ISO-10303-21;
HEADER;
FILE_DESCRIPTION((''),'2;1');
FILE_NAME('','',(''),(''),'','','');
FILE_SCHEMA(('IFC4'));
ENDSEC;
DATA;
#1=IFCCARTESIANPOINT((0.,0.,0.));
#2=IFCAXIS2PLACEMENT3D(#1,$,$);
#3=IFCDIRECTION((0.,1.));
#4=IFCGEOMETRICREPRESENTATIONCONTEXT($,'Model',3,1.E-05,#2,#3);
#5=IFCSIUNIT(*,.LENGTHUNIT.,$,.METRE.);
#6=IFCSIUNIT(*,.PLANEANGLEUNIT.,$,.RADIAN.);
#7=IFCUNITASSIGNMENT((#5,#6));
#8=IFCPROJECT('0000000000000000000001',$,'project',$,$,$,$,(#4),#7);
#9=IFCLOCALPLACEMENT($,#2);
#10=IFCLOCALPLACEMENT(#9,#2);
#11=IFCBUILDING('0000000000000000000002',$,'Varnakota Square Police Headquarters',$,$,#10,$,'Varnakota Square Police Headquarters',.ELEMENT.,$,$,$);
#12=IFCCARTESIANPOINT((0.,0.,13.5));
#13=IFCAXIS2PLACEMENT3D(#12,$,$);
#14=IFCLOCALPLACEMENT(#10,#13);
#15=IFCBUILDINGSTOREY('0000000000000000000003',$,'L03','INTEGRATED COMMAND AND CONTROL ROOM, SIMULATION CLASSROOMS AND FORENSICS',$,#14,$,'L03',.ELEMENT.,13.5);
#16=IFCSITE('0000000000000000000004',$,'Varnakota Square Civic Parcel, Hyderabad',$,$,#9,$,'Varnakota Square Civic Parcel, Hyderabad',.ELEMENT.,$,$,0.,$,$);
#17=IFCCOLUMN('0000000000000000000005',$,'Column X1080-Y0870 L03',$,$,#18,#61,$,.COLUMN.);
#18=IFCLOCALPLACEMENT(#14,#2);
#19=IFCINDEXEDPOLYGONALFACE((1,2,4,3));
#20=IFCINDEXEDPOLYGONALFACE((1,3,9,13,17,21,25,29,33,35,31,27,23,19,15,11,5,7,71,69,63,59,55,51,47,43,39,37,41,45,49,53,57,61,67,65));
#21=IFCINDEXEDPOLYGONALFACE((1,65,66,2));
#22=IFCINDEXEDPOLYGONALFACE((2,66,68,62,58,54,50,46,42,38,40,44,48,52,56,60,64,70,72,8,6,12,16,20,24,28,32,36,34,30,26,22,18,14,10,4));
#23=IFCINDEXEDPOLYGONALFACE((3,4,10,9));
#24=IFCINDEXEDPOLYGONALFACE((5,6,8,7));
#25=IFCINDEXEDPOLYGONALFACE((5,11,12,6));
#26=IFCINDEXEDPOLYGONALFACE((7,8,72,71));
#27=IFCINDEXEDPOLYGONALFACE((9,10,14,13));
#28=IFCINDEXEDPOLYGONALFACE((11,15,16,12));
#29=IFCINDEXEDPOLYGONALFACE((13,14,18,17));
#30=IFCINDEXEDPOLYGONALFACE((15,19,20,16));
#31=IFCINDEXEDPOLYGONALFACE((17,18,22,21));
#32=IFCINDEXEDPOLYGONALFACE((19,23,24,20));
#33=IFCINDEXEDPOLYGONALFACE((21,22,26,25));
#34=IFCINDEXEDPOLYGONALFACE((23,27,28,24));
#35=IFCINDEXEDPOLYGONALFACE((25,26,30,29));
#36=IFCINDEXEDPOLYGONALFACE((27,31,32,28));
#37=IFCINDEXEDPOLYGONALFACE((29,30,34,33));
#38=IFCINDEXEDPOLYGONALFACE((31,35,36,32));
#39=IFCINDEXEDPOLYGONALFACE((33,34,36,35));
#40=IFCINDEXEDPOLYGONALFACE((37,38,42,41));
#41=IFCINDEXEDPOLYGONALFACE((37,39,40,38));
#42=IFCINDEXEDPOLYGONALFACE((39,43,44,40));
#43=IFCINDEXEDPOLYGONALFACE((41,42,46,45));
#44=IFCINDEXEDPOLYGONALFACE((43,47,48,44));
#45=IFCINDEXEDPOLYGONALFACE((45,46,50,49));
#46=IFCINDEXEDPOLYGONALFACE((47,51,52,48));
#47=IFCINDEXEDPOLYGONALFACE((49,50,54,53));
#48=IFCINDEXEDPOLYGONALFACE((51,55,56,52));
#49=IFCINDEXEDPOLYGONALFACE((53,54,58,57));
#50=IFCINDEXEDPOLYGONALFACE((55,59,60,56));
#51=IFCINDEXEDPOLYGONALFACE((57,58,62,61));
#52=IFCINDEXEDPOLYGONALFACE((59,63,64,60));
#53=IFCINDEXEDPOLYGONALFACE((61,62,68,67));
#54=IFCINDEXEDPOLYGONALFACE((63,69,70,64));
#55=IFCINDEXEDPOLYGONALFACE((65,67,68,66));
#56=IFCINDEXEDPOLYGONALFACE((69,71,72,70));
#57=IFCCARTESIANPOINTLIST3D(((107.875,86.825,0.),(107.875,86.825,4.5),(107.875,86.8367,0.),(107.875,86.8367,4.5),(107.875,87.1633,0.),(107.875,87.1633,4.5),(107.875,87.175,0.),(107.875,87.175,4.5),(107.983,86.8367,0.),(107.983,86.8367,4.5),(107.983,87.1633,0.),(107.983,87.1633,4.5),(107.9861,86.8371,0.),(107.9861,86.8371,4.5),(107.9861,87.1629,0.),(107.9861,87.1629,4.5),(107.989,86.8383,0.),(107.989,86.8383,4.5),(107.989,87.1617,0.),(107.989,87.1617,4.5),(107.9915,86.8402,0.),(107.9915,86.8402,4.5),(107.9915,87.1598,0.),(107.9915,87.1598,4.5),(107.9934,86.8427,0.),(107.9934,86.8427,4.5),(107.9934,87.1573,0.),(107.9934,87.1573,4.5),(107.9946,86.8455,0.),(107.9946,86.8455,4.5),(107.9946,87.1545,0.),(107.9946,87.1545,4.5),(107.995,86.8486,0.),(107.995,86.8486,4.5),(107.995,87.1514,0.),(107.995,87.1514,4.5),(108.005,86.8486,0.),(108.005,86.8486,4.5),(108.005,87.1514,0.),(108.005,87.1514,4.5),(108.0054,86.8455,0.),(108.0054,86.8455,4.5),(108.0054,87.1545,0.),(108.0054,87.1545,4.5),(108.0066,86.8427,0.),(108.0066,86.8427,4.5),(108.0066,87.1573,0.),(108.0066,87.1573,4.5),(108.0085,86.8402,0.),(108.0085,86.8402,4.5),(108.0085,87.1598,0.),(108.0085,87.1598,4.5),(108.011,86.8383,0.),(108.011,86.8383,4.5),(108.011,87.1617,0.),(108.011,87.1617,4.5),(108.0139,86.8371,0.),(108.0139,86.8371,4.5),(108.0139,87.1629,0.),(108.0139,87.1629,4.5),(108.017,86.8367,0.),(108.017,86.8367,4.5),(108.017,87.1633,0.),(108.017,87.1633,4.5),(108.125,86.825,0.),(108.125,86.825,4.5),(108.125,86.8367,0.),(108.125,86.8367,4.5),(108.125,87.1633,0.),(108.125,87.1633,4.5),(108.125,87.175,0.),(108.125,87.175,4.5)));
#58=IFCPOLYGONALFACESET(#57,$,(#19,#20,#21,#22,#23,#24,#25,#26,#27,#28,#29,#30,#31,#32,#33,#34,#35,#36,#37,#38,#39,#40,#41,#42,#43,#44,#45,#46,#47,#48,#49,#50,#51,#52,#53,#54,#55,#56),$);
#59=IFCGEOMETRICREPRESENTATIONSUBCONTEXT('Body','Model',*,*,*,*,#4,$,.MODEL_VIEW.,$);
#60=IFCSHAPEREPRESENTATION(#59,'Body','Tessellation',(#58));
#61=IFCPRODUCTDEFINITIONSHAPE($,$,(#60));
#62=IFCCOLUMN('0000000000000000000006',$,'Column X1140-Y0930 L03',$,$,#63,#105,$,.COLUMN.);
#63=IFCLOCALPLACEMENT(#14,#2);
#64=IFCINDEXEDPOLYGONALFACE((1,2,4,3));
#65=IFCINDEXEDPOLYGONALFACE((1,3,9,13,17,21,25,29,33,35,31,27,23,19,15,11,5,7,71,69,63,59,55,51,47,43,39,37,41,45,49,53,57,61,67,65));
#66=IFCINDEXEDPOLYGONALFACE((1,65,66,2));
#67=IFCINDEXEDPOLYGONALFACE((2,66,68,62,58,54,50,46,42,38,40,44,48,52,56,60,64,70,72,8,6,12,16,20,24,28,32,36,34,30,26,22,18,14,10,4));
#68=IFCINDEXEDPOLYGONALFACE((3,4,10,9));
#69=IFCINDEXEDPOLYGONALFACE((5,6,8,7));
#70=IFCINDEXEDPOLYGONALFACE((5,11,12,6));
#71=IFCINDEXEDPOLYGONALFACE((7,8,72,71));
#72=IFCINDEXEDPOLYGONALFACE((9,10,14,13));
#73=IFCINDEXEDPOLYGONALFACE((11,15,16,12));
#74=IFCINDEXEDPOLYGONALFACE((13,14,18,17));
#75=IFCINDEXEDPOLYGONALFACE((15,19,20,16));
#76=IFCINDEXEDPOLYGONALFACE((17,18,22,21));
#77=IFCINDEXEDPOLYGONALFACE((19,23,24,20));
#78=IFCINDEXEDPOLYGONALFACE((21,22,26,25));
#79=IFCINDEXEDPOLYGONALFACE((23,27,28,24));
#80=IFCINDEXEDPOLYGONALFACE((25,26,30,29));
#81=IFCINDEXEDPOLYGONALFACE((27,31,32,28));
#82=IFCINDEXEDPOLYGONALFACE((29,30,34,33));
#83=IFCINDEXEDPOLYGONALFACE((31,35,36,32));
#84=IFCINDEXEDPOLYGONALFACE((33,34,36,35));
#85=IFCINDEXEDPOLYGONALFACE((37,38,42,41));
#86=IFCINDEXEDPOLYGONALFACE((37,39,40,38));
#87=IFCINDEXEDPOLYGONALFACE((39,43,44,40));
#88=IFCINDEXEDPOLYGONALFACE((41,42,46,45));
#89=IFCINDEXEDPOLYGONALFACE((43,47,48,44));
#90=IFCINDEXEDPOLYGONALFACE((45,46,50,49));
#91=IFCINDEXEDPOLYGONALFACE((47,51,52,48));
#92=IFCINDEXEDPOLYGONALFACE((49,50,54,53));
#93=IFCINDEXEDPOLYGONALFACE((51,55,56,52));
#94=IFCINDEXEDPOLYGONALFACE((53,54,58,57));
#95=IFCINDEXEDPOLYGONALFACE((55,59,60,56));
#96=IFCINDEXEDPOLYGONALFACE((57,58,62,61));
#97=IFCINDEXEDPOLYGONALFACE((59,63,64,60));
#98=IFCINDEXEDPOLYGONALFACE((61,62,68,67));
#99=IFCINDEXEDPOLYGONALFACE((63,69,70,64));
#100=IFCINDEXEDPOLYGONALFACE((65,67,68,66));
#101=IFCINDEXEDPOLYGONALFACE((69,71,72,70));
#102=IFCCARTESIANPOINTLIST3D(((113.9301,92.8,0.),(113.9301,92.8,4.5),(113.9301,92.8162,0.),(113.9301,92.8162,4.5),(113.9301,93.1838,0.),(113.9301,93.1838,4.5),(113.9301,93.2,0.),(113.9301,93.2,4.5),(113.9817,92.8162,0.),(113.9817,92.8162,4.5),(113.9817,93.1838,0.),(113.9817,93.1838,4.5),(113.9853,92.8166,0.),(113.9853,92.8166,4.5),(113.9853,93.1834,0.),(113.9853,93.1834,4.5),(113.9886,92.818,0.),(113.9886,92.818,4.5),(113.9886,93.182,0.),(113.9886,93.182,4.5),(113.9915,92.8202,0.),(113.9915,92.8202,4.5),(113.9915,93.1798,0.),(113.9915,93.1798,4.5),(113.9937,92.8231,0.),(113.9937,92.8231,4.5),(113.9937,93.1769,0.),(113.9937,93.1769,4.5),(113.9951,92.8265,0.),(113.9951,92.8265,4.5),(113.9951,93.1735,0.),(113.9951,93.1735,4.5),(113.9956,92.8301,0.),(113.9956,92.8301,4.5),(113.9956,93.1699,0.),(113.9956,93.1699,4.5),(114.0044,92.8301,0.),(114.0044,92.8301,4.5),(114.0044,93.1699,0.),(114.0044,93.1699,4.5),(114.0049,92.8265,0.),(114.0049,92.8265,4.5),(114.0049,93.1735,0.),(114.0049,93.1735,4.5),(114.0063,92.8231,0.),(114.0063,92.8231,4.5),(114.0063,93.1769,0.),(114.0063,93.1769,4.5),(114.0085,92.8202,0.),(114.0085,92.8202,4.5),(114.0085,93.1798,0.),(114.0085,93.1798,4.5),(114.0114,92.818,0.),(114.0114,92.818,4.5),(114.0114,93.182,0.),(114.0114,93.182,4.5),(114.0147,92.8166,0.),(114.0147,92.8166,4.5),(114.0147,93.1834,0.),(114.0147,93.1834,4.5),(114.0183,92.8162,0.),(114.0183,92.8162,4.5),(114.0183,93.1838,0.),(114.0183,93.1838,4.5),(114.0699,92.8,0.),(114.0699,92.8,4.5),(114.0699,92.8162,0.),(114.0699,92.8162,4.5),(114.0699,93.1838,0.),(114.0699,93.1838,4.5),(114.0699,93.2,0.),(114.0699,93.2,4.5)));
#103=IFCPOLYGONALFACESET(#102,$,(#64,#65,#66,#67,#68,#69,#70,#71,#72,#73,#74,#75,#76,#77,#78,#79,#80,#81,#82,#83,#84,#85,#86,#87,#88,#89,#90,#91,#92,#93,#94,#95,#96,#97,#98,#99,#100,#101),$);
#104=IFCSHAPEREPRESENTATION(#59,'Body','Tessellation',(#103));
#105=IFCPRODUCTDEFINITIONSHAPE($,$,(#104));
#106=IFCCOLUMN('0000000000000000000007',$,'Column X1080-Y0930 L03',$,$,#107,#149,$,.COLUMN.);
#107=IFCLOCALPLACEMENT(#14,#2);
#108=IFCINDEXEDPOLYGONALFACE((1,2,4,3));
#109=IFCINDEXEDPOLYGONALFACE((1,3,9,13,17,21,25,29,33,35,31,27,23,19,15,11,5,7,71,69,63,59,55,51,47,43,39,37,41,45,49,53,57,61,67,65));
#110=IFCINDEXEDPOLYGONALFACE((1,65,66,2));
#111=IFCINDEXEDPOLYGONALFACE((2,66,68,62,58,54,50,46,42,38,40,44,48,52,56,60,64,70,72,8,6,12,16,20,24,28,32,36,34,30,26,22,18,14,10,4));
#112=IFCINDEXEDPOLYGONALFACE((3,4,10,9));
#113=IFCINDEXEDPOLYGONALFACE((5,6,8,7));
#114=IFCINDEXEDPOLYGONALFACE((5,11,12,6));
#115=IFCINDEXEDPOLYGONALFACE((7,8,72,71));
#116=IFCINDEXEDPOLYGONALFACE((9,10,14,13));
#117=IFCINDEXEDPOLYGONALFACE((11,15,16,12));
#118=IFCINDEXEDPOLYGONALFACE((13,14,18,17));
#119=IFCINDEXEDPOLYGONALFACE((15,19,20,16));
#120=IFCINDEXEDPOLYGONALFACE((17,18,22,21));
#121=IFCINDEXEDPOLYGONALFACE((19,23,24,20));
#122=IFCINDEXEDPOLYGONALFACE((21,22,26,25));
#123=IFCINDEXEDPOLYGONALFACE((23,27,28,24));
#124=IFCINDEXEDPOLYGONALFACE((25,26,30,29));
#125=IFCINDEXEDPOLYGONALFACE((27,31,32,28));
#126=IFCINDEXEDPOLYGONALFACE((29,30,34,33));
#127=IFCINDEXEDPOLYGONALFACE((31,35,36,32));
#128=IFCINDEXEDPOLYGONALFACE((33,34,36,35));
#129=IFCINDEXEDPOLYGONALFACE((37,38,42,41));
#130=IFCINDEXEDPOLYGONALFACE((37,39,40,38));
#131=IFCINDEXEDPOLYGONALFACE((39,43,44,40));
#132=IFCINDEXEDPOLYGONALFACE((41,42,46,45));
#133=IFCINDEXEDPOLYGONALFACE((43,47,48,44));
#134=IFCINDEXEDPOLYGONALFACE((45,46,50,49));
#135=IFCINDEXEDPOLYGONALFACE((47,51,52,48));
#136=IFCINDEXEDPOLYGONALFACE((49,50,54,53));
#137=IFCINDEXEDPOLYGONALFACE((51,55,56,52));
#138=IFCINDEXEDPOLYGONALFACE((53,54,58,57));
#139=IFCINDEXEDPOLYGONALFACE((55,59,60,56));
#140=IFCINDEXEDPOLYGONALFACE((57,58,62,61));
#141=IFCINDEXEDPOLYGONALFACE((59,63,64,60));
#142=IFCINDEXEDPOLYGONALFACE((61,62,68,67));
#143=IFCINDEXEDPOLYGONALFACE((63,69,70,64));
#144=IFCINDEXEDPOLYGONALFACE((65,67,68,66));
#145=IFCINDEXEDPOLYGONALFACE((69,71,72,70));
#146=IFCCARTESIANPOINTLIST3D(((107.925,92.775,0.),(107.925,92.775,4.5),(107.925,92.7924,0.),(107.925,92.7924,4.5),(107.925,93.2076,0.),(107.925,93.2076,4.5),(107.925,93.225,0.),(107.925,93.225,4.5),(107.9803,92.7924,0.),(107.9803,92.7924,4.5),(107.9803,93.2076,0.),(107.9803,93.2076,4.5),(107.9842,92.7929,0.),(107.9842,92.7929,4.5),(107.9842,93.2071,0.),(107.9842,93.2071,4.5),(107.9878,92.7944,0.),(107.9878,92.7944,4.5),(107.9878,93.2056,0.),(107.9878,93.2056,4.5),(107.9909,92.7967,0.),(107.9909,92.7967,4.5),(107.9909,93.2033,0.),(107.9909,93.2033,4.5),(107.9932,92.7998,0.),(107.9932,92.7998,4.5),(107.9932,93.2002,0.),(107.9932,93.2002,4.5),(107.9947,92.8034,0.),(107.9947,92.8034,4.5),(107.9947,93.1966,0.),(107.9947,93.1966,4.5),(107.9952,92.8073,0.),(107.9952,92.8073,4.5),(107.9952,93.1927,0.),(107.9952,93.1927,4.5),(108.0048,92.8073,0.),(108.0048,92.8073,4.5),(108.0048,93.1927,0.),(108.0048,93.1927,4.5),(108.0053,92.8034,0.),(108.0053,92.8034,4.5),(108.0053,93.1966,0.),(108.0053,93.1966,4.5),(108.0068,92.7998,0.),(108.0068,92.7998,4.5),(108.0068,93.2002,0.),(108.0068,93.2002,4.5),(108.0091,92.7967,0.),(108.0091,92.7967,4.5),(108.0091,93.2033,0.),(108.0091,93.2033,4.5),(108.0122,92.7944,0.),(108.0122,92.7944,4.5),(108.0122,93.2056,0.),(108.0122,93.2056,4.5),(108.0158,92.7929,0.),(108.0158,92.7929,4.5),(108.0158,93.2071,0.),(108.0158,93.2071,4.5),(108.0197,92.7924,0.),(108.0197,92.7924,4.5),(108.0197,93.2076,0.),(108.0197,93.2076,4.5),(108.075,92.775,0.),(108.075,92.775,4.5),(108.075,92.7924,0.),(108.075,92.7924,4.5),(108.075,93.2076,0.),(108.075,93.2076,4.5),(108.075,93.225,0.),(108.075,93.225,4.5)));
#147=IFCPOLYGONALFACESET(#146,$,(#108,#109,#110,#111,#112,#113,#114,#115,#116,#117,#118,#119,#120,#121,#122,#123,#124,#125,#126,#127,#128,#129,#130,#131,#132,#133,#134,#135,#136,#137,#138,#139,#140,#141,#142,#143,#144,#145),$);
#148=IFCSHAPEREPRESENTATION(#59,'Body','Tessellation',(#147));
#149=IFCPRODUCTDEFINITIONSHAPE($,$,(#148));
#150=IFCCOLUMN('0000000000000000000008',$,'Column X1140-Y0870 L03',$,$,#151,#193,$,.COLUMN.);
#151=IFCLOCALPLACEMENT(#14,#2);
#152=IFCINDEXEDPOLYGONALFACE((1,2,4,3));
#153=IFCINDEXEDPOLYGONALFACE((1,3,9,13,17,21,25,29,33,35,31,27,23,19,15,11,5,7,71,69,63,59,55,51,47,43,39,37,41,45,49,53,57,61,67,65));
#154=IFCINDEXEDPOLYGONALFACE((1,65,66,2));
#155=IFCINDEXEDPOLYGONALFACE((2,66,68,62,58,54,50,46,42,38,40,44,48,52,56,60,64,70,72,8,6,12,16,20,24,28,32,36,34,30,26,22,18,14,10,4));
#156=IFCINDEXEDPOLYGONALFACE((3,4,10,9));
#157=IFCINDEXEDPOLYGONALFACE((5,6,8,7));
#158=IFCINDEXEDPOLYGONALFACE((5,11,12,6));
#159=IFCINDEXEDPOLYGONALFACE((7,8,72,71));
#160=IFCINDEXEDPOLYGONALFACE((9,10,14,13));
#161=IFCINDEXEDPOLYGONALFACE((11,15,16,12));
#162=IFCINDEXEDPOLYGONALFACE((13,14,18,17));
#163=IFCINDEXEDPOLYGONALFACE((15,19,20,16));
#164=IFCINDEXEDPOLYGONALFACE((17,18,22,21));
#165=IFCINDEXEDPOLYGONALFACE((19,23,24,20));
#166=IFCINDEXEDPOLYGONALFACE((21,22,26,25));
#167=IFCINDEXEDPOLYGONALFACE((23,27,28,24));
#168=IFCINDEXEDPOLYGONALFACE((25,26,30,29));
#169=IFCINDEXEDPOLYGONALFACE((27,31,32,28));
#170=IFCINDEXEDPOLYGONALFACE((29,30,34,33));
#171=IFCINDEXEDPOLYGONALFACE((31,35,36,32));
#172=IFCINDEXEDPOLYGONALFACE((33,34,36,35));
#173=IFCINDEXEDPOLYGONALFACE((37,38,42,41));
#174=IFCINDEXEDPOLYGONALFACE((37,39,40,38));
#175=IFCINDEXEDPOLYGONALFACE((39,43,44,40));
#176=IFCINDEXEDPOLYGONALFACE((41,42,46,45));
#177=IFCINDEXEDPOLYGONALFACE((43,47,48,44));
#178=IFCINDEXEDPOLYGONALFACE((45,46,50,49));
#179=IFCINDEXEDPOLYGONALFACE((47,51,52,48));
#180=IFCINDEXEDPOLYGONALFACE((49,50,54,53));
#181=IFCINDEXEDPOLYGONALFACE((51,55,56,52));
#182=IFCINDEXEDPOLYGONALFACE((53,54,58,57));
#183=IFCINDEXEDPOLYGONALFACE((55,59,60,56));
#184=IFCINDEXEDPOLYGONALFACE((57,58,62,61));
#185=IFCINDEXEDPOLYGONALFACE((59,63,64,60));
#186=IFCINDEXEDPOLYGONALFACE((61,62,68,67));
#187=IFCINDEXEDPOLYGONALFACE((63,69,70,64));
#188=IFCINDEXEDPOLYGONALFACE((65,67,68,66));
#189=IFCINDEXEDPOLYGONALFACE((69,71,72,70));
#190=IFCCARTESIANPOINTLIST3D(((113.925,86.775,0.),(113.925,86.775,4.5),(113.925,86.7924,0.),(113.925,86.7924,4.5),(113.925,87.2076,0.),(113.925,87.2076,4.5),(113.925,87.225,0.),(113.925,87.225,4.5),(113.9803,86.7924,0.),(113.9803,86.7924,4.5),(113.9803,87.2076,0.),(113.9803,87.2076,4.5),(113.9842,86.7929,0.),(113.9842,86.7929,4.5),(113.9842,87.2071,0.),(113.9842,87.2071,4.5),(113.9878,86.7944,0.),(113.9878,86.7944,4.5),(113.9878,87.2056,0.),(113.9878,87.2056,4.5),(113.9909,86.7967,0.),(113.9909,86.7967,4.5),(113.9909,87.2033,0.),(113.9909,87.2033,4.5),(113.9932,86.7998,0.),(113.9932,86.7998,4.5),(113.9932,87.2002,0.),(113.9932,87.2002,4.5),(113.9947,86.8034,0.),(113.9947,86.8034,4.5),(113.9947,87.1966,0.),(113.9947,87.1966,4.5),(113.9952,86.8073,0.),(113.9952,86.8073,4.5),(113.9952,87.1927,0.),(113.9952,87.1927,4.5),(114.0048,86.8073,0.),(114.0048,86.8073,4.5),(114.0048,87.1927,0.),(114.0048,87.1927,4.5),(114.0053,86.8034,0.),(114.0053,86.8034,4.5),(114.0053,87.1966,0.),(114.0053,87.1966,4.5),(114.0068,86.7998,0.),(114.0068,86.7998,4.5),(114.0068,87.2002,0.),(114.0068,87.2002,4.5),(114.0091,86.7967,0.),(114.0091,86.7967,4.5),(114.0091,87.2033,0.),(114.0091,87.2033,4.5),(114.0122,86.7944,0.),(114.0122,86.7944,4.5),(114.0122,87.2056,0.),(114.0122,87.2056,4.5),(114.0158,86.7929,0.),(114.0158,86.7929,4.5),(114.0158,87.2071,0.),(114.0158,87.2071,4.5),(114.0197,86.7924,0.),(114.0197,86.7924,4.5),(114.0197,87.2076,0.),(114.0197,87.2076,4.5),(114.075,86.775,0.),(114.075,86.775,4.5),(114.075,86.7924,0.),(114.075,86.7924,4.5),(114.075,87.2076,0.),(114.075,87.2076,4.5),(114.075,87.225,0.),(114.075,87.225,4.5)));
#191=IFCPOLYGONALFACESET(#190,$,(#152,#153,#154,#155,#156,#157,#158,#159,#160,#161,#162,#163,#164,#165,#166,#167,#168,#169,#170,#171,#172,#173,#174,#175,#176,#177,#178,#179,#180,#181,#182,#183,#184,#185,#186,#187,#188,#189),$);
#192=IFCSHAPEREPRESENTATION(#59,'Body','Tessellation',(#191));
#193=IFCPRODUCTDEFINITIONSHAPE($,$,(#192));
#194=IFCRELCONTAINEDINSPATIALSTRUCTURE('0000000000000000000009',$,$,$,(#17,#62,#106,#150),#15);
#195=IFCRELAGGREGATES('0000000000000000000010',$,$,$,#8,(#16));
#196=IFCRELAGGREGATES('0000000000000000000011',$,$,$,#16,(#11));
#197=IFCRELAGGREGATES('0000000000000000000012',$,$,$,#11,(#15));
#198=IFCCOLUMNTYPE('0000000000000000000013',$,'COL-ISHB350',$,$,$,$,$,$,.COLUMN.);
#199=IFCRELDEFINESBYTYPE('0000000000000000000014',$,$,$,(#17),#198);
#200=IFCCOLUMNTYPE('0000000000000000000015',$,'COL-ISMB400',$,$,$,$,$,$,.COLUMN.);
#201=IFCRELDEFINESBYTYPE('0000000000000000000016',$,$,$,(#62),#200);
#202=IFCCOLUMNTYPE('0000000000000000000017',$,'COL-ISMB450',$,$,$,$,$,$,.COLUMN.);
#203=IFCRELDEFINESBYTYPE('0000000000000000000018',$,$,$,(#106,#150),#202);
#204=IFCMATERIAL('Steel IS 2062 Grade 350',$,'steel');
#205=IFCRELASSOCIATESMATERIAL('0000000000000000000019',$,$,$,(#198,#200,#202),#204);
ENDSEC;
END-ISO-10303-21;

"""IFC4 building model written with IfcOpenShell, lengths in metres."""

from ifc_helpers import new_model, si_unit, direction, frame, origin, origin_2d, place, context, subcontext, project, spatial, i_section, extrude, material, material_profile, profile_set, type_object, element, save


model = new_model("IFC4")

# Units and contexts
model_context = context("Model", 3, precision=1e-05, world=origin(), true_north=direction((0.0, 1.0)))
body_context = subcontext(model_context, "Body", "Model", "MODEL_VIEW")
ifc_project = project(units=[si_unit("LENGTHUNIT", "METRE"), si_unit("PLANEANGLEUNIT", "RADIAN")], contexts=[model_context])

# Site, building, storey
site_placement = place(None, origin())
site = spatial("IfcSite", under=ifc_project, at=site_placement, Name="Varnakota Square Civic Parcel, Hyderabad", LongName="Varnakota Square Civic Parcel, Hyderabad", CompositionType="ELEMENT", RefElevation=0.0)
building_placement = place(site_placement, origin())
building = spatial("IfcBuilding", under=site, at=building_placement, Name="Varnakota Square Police Headquarters", LongName="Varnakota Square Police Headquarters", CompositionType="ELEMENT")
storey_placement = place(building_placement, frame((0.0, 0.0, 13.5)))
storey = spatial("IfcBuildingStorey", under=building, at=storey_placement, Name="L03", Description="INTEGRATED COMMAND AND CONTROL ROOM, SIMULATION CLASSROOMS AND FORENSICS", LongName="L03", CompositionType="ELEMENT", Elevation=13.5)

# Columns
ifc_material_1 = material(Name="Steel IS 2062 Grade 350", Category="steel")
ifc_material_profile_1 = material_profile(ifc_material_1, i_section(OverallWidth=0.25, OverallDepth=0.3501, WebThickness=0.01, FlangeThickness=0.0117, FilletRadius=0.012, at=origin_2d()), Name="ISHB 350")
ifc_profile_set_1 = profile_set([ifc_material_profile_1], Name="Steel IS 2062 Grade 350")
column_type_1 = type_object("IfcColumnType", Name="COL-ISHB350", PredefinedType="COLUMN", material=ifc_profile_set_1)
column_1_placement = place(storey_placement, frame((108.0, 87.0, 0.0), z_axis=(0.0, 0.0, 1.0), x_axis=(1.0, 0.0, 0.0)))
element("IfcColumn", 1, at=column_1_placement, inside=storey, type_object=column_type_1, Name="Column X1080-Y0870 L03", PredefinedType="COLUMN", context=body_context, shape_type="SweptSolid", body=[
    extrude(i_section(OverallWidth=0.25, OverallDepth=0.3501, WebThickness=0.01, FlangeThickness=0.0117, FilletRadius=0.012, at=origin_2d()), origin(), (0.0, 0.0, 1.0), 4.5),
])
ifc_material_profile_2 = material_profile(ifc_material_1, i_section(OverallWidth=0.1399, OverallDepth=0.3999, WebThickness=0.0088, FlangeThickness=0.0161, FilletRadius=0.0139, at=origin_2d()), Name="ISMB 400")
ifc_profile_set_2 = profile_set([ifc_material_profile_2], Name="Steel IS 2062 Grade 350")
column_type_2 = type_object("IfcColumnType", Name="COL-ISMB400", PredefinedType="COLUMN", material=ifc_profile_set_2)
column_2_placement = place(storey_placement, frame((114.0, 93.0, 0.0), z_axis=(0.0, 0.0, 1.0), x_axis=(1.0, 0.0, 0.0)))
element("IfcColumn", 2, at=column_2_placement, inside=storey, type_object=column_type_2, Name="Column X1140-Y0930 L03", PredefinedType="COLUMN", context=body_context, shape_type="SweptSolid", body=[
    extrude(i_section(OverallWidth=0.1399, OverallDepth=0.3999, WebThickness=0.0088, FlangeThickness=0.0161, FilletRadius=0.0139, at=origin_2d()), origin(), (0.0, 0.0, 1.0), 4.5),
])
ifc_material_profile_3 = material_profile(ifc_material_1, i_section(OverallWidth=0.1499, OverallDepth=0.45, WebThickness=0.0095, FlangeThickness=0.0173, FilletRadius=0.0149, at=origin_2d()), Name="ISMB 450")
ifc_profile_set_3 = profile_set([ifc_material_profile_3], Name="Steel IS 2062 Grade 350")
column_type_3 = type_object("IfcColumnType", Name="COL-ISMB450", PredefinedType="COLUMN", material=ifc_profile_set_3)
for number, where, z_axis, x_axis, name in (
    (3, (108.0, 93.0, 0.0), (0.0, 0.0, 1.0), (1.0, 0.0, 0.0), "Column X1080-Y0930 L03"),
    (4, (114.0, 87.0, 0.0), (0.0, 0.0, 1.0), (1.0, 0.0, 0.0), "Column X1140-Y0870 L03"),
):
    element("IfcColumn", number, at=place(storey_placement, frame(where, z_axis=z_axis, x_axis=x_axis)), inside=storey, type_object=column_type_3, Name=name, PredefinedType="COLUMN", context=body_context, shape_type="SweptSolid", body=[
        extrude(i_section(OverallWidth=0.1499, OverallDepth=0.45, WebThickness=0.0095, FlangeThickness=0.0173, FilletRadius=0.0149, at=origin_2d()), origin(), (0.0, 0.0, 1.0), 4.5),
    ])

save(model, "model.ifc")
